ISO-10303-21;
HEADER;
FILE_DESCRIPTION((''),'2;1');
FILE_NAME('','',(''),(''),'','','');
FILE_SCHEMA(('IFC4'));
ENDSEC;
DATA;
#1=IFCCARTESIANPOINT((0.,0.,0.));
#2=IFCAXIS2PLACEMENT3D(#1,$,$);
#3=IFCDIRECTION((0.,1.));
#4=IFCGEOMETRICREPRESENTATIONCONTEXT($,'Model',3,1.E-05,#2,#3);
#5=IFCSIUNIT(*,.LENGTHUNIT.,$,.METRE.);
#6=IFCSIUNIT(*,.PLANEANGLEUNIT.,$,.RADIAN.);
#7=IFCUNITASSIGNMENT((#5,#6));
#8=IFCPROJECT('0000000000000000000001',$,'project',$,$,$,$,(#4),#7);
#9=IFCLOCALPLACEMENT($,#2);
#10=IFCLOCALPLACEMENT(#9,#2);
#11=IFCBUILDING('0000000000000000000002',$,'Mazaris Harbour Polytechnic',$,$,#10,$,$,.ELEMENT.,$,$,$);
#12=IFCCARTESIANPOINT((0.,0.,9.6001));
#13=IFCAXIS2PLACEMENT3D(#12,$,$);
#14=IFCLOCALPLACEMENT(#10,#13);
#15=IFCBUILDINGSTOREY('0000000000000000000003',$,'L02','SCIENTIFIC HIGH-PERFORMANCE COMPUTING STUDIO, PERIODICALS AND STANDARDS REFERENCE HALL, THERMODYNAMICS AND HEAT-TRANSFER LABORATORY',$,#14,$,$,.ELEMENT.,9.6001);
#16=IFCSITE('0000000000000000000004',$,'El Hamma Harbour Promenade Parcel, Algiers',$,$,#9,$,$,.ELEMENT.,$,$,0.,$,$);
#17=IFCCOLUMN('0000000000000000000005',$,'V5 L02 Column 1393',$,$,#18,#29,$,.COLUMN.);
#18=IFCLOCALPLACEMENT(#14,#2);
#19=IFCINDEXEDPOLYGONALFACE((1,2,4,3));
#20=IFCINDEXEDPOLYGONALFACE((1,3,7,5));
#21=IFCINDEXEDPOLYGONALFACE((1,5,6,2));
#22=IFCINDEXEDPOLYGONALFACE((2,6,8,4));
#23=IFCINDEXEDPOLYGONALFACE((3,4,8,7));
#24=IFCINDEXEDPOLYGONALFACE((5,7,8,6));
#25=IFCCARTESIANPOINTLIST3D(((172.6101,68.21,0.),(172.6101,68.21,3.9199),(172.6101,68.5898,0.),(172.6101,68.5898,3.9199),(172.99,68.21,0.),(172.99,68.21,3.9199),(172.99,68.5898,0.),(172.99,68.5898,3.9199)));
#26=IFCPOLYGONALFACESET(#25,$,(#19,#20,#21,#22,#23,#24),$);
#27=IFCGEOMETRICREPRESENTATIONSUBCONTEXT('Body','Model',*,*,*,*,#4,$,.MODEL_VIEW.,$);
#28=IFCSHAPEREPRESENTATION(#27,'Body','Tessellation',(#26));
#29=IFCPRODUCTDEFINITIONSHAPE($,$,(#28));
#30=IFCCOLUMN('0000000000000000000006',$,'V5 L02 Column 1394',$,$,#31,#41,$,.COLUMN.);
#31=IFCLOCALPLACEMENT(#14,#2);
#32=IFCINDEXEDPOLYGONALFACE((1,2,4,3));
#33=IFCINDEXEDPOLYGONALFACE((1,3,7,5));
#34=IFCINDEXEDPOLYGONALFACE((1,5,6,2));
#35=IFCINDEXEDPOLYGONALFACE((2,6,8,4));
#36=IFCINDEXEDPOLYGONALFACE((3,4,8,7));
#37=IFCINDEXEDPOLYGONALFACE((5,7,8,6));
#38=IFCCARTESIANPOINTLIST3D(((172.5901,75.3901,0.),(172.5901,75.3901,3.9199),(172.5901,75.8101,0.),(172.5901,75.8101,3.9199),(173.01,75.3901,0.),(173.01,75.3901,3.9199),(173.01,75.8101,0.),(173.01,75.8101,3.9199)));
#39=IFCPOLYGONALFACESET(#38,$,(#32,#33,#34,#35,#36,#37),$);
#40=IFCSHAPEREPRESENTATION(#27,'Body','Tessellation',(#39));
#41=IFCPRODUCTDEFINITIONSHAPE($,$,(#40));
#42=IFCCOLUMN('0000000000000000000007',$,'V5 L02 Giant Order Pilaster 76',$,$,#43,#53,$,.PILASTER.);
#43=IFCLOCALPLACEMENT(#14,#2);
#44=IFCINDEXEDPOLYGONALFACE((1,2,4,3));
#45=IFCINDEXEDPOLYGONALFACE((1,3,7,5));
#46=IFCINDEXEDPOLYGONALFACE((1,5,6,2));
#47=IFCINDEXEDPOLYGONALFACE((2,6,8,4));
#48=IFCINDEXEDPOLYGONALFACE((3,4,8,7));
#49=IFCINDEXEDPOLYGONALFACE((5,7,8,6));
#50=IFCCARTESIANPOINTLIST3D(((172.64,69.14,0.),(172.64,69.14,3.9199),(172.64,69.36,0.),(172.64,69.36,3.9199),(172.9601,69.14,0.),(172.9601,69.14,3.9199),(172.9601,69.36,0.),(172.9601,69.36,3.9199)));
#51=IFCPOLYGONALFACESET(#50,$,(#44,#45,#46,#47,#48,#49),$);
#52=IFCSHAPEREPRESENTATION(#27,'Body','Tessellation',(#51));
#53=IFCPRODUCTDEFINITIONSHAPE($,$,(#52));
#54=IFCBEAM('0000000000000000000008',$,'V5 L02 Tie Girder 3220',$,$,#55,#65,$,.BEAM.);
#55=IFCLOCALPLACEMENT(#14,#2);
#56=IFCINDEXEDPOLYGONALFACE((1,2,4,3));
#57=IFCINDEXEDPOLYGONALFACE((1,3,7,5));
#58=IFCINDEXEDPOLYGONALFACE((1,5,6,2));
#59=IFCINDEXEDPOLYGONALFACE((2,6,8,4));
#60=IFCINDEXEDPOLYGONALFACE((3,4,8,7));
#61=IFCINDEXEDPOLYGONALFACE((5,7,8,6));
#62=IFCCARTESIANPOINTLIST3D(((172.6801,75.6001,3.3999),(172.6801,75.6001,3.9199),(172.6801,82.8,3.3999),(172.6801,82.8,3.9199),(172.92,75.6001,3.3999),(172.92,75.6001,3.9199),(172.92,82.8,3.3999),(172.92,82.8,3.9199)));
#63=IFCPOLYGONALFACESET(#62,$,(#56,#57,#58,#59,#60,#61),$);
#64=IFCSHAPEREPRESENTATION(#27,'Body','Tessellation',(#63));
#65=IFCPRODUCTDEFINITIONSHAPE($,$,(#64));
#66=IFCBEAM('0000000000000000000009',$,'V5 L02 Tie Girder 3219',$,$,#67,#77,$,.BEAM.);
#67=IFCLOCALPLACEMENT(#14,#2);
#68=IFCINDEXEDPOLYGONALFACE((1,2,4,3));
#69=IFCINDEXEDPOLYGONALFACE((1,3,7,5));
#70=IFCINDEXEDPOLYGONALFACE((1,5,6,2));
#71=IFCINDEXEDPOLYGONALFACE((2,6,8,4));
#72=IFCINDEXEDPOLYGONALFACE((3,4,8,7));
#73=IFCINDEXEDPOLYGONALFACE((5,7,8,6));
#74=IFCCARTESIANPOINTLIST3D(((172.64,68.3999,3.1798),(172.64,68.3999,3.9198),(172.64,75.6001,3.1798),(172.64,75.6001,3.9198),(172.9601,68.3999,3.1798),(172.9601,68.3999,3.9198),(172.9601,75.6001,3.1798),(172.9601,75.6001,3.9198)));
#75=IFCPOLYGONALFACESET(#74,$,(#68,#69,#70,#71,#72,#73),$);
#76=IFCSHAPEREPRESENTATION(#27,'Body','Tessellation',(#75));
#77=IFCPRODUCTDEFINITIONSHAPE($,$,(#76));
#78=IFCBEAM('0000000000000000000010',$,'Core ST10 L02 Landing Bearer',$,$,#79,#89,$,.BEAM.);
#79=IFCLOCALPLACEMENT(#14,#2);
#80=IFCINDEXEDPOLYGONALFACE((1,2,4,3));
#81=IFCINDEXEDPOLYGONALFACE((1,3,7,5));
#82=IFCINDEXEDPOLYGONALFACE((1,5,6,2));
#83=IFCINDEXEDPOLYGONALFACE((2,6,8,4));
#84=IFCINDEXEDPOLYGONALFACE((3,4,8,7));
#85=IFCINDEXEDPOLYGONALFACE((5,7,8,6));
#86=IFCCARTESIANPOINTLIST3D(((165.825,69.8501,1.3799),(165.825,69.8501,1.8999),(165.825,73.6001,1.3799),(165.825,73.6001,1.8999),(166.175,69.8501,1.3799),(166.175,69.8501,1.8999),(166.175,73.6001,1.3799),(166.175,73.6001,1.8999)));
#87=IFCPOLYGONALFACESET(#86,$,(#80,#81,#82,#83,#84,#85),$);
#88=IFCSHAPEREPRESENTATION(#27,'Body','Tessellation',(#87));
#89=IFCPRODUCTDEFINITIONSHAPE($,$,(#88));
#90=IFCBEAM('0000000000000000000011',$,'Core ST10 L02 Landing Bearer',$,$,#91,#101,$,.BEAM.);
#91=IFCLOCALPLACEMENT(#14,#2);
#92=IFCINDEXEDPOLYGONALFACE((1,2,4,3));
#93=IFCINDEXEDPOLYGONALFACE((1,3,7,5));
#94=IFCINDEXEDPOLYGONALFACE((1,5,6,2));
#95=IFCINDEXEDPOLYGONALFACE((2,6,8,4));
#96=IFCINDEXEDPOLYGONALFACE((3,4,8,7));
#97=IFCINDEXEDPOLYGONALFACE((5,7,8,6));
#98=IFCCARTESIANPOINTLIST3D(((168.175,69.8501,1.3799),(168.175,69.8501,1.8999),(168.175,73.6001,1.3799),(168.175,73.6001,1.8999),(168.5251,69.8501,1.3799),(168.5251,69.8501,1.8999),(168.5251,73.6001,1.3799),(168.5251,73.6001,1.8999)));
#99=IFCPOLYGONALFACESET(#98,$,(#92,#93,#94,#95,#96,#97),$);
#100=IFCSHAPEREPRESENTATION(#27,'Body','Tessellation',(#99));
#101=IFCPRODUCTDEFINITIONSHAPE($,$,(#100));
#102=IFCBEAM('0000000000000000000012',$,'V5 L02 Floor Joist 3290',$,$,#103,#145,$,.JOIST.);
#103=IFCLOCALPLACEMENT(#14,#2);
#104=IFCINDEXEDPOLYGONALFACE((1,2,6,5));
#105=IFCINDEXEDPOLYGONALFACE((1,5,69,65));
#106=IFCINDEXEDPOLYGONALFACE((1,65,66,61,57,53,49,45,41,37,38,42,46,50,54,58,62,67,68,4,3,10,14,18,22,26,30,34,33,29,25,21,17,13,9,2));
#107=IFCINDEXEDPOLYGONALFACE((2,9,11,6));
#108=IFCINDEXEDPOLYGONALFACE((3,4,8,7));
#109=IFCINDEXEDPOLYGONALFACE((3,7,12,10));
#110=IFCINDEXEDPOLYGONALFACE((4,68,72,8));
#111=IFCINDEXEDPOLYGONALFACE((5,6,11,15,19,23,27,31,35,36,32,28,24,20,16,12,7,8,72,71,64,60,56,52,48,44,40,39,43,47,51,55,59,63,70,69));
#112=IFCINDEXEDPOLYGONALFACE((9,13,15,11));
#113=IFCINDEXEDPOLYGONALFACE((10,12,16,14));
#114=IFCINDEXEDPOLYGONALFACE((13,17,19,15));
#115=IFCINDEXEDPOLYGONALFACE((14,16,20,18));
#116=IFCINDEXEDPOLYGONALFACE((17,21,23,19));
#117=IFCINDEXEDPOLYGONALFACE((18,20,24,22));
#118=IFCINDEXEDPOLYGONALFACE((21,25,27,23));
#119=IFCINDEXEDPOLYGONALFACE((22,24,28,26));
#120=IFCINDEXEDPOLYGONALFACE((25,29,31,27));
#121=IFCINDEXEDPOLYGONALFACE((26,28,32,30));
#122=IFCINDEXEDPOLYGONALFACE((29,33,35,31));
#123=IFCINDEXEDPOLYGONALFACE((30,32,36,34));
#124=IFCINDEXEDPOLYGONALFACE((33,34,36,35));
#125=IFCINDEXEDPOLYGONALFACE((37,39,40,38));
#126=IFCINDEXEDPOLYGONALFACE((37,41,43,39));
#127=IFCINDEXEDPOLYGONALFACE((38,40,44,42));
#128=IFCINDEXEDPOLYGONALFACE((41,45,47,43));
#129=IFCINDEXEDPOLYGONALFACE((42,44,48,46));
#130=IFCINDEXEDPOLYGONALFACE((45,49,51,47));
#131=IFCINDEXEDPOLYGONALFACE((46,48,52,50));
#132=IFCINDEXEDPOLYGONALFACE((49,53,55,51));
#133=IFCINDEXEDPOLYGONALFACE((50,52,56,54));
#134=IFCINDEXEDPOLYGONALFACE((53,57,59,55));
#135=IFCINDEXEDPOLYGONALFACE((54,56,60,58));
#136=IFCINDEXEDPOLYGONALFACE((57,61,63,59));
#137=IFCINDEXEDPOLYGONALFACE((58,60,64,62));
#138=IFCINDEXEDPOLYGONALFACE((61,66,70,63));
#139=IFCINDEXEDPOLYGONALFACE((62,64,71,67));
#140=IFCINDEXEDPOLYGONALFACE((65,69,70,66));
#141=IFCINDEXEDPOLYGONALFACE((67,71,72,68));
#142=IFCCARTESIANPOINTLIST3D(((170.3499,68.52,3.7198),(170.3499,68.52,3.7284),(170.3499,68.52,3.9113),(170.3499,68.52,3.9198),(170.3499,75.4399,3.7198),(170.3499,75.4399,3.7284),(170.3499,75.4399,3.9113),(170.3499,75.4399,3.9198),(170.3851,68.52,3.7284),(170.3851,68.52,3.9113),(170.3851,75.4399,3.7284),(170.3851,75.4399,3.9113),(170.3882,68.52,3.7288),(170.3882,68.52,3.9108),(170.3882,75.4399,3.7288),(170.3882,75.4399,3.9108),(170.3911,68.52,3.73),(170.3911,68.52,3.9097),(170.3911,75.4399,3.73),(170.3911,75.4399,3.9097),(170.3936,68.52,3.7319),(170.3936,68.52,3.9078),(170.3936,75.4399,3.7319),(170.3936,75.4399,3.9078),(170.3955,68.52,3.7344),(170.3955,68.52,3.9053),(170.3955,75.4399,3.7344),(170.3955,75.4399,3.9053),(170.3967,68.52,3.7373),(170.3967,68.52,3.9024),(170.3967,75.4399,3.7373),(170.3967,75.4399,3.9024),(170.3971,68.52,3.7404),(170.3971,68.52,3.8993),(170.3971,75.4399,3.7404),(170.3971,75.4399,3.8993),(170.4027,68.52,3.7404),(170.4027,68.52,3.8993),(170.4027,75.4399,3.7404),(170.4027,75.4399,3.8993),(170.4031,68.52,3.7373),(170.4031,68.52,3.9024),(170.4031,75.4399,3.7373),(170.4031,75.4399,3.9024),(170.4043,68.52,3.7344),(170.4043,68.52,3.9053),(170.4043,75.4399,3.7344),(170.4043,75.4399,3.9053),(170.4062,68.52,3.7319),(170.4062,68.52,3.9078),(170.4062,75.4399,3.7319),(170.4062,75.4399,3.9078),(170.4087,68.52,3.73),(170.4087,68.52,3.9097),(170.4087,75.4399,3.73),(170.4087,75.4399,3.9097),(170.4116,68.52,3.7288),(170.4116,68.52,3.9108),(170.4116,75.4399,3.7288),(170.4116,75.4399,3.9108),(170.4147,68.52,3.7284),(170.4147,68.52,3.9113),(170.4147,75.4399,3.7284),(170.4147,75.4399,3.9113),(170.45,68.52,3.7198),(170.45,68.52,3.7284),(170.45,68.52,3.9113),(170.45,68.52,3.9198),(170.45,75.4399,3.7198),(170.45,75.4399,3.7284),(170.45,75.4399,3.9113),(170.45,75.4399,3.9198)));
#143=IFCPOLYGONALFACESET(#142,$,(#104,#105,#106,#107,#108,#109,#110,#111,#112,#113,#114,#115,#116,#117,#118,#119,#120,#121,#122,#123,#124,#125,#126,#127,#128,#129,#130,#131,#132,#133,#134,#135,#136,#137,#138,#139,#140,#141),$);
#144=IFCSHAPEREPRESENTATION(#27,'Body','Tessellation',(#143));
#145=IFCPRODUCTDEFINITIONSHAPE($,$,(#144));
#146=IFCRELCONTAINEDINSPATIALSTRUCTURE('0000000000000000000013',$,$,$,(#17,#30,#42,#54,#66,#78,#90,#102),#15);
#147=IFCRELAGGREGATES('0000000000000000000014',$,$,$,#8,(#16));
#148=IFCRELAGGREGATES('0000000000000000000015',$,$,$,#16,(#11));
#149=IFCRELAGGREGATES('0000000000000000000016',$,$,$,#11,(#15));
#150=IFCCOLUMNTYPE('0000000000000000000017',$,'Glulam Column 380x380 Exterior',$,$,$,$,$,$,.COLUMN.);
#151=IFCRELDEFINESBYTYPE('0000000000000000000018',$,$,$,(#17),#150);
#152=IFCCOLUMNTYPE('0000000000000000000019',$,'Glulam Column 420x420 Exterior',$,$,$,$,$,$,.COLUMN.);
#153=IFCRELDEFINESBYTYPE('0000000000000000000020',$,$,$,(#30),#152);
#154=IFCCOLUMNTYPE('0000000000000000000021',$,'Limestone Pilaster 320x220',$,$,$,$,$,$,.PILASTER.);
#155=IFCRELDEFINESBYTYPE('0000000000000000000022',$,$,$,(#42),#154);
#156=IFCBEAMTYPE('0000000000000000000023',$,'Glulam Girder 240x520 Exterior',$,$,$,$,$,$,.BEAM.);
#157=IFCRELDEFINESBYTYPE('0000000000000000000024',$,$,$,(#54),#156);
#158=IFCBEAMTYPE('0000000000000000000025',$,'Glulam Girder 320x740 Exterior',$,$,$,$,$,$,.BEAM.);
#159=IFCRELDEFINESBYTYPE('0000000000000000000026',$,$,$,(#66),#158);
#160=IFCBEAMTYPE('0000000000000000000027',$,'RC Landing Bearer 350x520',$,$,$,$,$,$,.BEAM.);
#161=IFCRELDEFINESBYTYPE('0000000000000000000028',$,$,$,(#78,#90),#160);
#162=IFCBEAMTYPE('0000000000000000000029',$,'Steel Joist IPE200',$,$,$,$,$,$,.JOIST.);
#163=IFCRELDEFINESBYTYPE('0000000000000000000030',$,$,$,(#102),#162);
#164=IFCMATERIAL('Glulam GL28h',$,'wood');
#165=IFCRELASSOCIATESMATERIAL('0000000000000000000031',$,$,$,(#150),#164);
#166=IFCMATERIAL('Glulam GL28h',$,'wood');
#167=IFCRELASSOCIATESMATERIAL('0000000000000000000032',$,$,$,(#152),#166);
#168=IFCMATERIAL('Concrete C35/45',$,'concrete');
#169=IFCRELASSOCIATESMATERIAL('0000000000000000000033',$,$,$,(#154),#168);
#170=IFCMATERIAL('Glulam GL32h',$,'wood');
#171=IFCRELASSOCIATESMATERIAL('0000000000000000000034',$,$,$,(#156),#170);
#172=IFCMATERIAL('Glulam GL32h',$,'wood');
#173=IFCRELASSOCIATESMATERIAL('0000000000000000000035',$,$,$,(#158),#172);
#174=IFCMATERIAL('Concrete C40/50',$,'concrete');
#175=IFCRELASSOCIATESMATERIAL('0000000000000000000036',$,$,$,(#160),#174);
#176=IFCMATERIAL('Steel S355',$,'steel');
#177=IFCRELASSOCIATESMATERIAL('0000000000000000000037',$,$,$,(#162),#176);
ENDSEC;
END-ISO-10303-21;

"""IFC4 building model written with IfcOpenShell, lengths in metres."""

from ifc_helpers import new_model, si_unit, direction, frame, origin, origin_2d, place, context, subcontext, project, spatial, rectangle, i_section, extrude, material, material_profile, profile_set, type_object, element, save


model = new_model("IFC4")

# Units and contexts
model_context = context("Model", 3, precision=1e-05, world=origin(), true_north=direction((0.0, 1.0)))
body_context = subcontext(model_context, "Body", "Model", "MODEL_VIEW")
ifc_project = project(units=[si_unit("LENGTHUNIT", "METRE"), si_unit("PLANEANGLEUNIT", "RADIAN")], contexts=[model_context])

# Site, building, storey
site_placement = place(None, origin())
site = spatial("IfcSite", under=ifc_project, at=site_placement, Name="El Hamma Harbour Promenade Parcel, Algiers", CompositionType="ELEMENT", RefElevation=0.0)
building_placement = place(site_placement, origin())
building = spatial("IfcBuilding", under=site, at=building_placement, Name="Mazaris Harbour Polytechnic", CompositionType="ELEMENT")
storey_placement = place(building_placement, frame((0.0, 0.0, 9.6001)))
storey = spatial("IfcBuildingStorey", under=building, at=storey_placement, Name="L02", Description="SCIENTIFIC HIGH-PERFORMANCE COMPUTING STUDIO, PERIODICALS AND STANDARDS REFERENCE HALL, THERMODYNAMICS AND HEAT-TRANSFER LABORATORY", CompositionType="ELEMENT", Elevation=9.6001)

# Columns
ifc_material_1 = material(Name="Glulam GL28h", Category="wood")
ifc_material_profile_1 = material_profile(ifc_material_1, rectangle(XDim=0.3799, YDim=0.3799, at=origin_2d()), Name="RECT380x380")
ifc_profile_set_1 = profile_set([ifc_material_profile_1], Name="Glulam GL28h")
column_type_1 = type_object("IfcColumnType", Name="Glulam Column 380x380 Exterior", PredefinedType="COLUMN", material=ifc_profile_set_1)
column_1_placement = place(storey_placement, frame((172.8, 68.3999, 0.0), z_axis=(0.0, 0.0, 1.0), x_axis=(1.0, 0.0, 0.0)))
element("IfcColumn", 1, at=column_1_placement, inside=storey, type_object=column_type_1, Name="V5 L02 Column 1393", PredefinedType="COLUMN", context=body_context, shape_type="SweptSolid", body=[
    extrude(rectangle(XDim=0.3799, YDim=0.3799, at=origin_2d()), origin(), (0.0, 0.0, 1.0), 3.9199),
])
ifc_material_2 = material(Name="Glulam GL28h", Category="wood")
ifc_material_profile_2 = material_profile(ifc_material_2, rectangle(XDim=0.4199, YDim=0.4199, at=origin_2d()), Name="RECT420x420")
ifc_profile_set_2 = profile_set([ifc_material_profile_2], Name="Glulam GL28h")
column_type_2 = type_object("IfcColumnType", Name="Glulam Column 420x420 Exterior", PredefinedType="COLUMN", material=ifc_profile_set_2)
column_2_placement = place(storey_placement, frame((172.8, 75.6001, 0.0), z_axis=(0.0, 0.0, 1.0), x_axis=(1.0, 0.0, 0.0)))
element("IfcColumn", 2, at=column_2_placement, inside=storey, type_object=column_type_2, Name="V5 L02 Column 1394", PredefinedType="COLUMN", context=body_context, shape_type="SweptSolid", body=[
    extrude(rectangle(XDim=0.4199, YDim=0.4199, at=origin_2d()), origin(), (0.0, 0.0, 1.0), 3.9199),
])
ifc_material_3 = material(Name="Concrete C35/45", Category="concrete")
ifc_material_profile_3 = material_profile(ifc_material_3, rectangle(XDim=0.3201, YDim=0.22, at=origin_2d()), Name="RECT320x220")
ifc_profile_set_3 = profile_set([ifc_material_profile_3], Name="Concrete C35/45")
column_type_3 = type_object("IfcColumnType", Name="Limestone Pilaster 320x220", PredefinedType="PILASTER", material=ifc_profile_set_3)
column_3_placement = place(storey_placement, frame((172.8, 69.25, 0.0), z_axis=(0.0, 0.0, 1.0), x_axis=(1.0, 0.0, 0.0)))
element("IfcColumn", 3, at=column_3_placement, inside=storey, type_object=column_type_3, Name="V5 L02 Giant Order Pilaster 76", PredefinedType="PILASTER", context=body_context, shape_type="SweptSolid", body=[
    extrude(rectangle(XDim=0.3201, YDim=0.22, at=origin_2d()), origin(), (0.0, 0.0, 1.0), 3.9199),
])

# Beams
ifc_material_4 = material(Name="Glulam GL32h", Category="wood")
ifc_material_profile_4 = material_profile(ifc_material_4, rectangle(XDim=0.24, YDim=0.52, at=origin_2d()), Name="RECT240x520")
ifc_profile_set_4 = profile_set([ifc_material_profile_4], Name="Glulam GL32h")
beam_type_1 = type_object("IfcBeamType", Name="Glulam Girder 240x520 Exterior", PredefinedType="BEAM", material=ifc_profile_set_4)
beam_1_placement = place(storey_placement, frame((172.8, 75.6001, 3.6599), z_axis=(0.0, 1.0, 0.0), x_axis=(-1.0, 0.0, 0.0)))
element("IfcBeam", 4, at=beam_1_placement, inside=storey, type_object=beam_type_1, Name="V5 L02 Tie Girder 3220", PredefinedType="BEAM", context=body_context, shape_type="SweptSolid", body=[
    extrude(rectangle(XDim=0.24, YDim=0.52, at=origin_2d()), origin(), (0.0, 0.0, 1.0), 7.2),
])
ifc_material_5 = material(Name="Glulam GL32h", Category="wood")
ifc_material_profile_5 = material_profile(ifc_material_5, rectangle(XDim=0.3201, YDim=0.74, at=origin_2d()), Name="RECT320x740")
ifc_profile_set_5 = profile_set([ifc_material_profile_5], Name="Glulam GL32h")
beam_type_2 = type_object("IfcBeamType", Name="Glulam Girder 320x740 Exterior", PredefinedType="BEAM", material=ifc_profile_set_5)
beam_2_placement = place(storey_placement, frame((172.8, 68.3999, 3.5498), z_axis=(0.0, 1.0, 0.0), x_axis=(-1.0, 0.0, 0.0)))
element("IfcBeam", 5, at=beam_2_placement, inside=storey, type_object=beam_type_2, Name="V5 L02 Tie Girder 3219", PredefinedType="BEAM", context=body_context, shape_type="SweptSolid", body=[
    extrude(rectangle(XDim=0.3201, YDim=0.74, at=origin_2d()), origin(), (0.0, 0.0, 1.0), 7.2002),
])
ifc_material_6 = material(Name="Concrete C40/50", Category="concrete")
ifc_material_profile_6 = material_profile(ifc_material_6, rectangle(XDim=0.3501, YDim=0.52, at=origin_2d()), Name="RECT350x520")
ifc_profile_set_6 = profile_set([ifc_material_profile_6], Name="Concrete C40/50")
beam_type_3 = type_object("IfcBeamType", Name="RC Landing Bearer 350x520", PredefinedType="BEAM", material=ifc_profile_set_6)
for number, where, z_axis, x_axis, name in (
    (6, (166.0, 69.8501, 1.6399), (0.0, 1.0, 0.0), (-1.0, 0.0, 0.0), "Core ST10 L02 Landing Bearer"),
    (7, (168.3501, 69.8501, 1.6399), (0.0, 1.0, 0.0), (-1.0, 0.0, 0.0), "Core ST10 L02 Landing Bearer"),
):
    element("IfcBeam", number, at=place(storey_placement, frame(where, z_axis=z_axis, x_axis=x_axis)), inside=storey, type_object=beam_type_3, Name=name, PredefinedType="BEAM", context=body_context, shape_type="SweptSolid", body=[
        extrude(rectangle(XDim=0.3501, YDim=0.52, at=origin_2d()), origin(), (0.0, 0.0, 1.0), 3.75),
    ])
ifc_material_7 = material(Name="Steel S355", Category="steel")
ifc_material_profile_7 = material_profile(ifc_material_7, i_section(OverallWidth=0.1001, OverallDepth=0.2, WebThickness=0.0056, FlangeThickness=0.0085, FilletRadius=0.012, at=origin_2d()), Name="IPE 200")
ifc_profile_set_7 = profile_set([ifc_material_profile_7], Name="Steel S355")
beam_type_4 = type_object("IfcBeamType", Name="Steel Joist IPE200", PredefinedType="JOIST", material=ifc_profile_set_7)
beam_3_placement = place(storey_placement, frame((170.3999, 68.52, 3.8198), z_axis=(0.0, 1.0, 0.0), x_axis=(-1.0, 0.0, 0.0)))
element("IfcBeam", 8, at=beam_3_placement, inside=storey, type_object=beam_type_4, Name="V5 L02 Floor Joist 3290", PredefinedType="JOIST", context=body_context, shape_type="SweptSolid", body=[
    extrude(i_section(OverallWidth=0.1001, OverallDepth=0.2, WebThickness=0.0056, FlangeThickness=0.0085, FilletRadius=0.012, at=origin_2d()), origin(), (0.0, 0.0, 1.0), 6.9199),
])

save(model, "model.ifc")
